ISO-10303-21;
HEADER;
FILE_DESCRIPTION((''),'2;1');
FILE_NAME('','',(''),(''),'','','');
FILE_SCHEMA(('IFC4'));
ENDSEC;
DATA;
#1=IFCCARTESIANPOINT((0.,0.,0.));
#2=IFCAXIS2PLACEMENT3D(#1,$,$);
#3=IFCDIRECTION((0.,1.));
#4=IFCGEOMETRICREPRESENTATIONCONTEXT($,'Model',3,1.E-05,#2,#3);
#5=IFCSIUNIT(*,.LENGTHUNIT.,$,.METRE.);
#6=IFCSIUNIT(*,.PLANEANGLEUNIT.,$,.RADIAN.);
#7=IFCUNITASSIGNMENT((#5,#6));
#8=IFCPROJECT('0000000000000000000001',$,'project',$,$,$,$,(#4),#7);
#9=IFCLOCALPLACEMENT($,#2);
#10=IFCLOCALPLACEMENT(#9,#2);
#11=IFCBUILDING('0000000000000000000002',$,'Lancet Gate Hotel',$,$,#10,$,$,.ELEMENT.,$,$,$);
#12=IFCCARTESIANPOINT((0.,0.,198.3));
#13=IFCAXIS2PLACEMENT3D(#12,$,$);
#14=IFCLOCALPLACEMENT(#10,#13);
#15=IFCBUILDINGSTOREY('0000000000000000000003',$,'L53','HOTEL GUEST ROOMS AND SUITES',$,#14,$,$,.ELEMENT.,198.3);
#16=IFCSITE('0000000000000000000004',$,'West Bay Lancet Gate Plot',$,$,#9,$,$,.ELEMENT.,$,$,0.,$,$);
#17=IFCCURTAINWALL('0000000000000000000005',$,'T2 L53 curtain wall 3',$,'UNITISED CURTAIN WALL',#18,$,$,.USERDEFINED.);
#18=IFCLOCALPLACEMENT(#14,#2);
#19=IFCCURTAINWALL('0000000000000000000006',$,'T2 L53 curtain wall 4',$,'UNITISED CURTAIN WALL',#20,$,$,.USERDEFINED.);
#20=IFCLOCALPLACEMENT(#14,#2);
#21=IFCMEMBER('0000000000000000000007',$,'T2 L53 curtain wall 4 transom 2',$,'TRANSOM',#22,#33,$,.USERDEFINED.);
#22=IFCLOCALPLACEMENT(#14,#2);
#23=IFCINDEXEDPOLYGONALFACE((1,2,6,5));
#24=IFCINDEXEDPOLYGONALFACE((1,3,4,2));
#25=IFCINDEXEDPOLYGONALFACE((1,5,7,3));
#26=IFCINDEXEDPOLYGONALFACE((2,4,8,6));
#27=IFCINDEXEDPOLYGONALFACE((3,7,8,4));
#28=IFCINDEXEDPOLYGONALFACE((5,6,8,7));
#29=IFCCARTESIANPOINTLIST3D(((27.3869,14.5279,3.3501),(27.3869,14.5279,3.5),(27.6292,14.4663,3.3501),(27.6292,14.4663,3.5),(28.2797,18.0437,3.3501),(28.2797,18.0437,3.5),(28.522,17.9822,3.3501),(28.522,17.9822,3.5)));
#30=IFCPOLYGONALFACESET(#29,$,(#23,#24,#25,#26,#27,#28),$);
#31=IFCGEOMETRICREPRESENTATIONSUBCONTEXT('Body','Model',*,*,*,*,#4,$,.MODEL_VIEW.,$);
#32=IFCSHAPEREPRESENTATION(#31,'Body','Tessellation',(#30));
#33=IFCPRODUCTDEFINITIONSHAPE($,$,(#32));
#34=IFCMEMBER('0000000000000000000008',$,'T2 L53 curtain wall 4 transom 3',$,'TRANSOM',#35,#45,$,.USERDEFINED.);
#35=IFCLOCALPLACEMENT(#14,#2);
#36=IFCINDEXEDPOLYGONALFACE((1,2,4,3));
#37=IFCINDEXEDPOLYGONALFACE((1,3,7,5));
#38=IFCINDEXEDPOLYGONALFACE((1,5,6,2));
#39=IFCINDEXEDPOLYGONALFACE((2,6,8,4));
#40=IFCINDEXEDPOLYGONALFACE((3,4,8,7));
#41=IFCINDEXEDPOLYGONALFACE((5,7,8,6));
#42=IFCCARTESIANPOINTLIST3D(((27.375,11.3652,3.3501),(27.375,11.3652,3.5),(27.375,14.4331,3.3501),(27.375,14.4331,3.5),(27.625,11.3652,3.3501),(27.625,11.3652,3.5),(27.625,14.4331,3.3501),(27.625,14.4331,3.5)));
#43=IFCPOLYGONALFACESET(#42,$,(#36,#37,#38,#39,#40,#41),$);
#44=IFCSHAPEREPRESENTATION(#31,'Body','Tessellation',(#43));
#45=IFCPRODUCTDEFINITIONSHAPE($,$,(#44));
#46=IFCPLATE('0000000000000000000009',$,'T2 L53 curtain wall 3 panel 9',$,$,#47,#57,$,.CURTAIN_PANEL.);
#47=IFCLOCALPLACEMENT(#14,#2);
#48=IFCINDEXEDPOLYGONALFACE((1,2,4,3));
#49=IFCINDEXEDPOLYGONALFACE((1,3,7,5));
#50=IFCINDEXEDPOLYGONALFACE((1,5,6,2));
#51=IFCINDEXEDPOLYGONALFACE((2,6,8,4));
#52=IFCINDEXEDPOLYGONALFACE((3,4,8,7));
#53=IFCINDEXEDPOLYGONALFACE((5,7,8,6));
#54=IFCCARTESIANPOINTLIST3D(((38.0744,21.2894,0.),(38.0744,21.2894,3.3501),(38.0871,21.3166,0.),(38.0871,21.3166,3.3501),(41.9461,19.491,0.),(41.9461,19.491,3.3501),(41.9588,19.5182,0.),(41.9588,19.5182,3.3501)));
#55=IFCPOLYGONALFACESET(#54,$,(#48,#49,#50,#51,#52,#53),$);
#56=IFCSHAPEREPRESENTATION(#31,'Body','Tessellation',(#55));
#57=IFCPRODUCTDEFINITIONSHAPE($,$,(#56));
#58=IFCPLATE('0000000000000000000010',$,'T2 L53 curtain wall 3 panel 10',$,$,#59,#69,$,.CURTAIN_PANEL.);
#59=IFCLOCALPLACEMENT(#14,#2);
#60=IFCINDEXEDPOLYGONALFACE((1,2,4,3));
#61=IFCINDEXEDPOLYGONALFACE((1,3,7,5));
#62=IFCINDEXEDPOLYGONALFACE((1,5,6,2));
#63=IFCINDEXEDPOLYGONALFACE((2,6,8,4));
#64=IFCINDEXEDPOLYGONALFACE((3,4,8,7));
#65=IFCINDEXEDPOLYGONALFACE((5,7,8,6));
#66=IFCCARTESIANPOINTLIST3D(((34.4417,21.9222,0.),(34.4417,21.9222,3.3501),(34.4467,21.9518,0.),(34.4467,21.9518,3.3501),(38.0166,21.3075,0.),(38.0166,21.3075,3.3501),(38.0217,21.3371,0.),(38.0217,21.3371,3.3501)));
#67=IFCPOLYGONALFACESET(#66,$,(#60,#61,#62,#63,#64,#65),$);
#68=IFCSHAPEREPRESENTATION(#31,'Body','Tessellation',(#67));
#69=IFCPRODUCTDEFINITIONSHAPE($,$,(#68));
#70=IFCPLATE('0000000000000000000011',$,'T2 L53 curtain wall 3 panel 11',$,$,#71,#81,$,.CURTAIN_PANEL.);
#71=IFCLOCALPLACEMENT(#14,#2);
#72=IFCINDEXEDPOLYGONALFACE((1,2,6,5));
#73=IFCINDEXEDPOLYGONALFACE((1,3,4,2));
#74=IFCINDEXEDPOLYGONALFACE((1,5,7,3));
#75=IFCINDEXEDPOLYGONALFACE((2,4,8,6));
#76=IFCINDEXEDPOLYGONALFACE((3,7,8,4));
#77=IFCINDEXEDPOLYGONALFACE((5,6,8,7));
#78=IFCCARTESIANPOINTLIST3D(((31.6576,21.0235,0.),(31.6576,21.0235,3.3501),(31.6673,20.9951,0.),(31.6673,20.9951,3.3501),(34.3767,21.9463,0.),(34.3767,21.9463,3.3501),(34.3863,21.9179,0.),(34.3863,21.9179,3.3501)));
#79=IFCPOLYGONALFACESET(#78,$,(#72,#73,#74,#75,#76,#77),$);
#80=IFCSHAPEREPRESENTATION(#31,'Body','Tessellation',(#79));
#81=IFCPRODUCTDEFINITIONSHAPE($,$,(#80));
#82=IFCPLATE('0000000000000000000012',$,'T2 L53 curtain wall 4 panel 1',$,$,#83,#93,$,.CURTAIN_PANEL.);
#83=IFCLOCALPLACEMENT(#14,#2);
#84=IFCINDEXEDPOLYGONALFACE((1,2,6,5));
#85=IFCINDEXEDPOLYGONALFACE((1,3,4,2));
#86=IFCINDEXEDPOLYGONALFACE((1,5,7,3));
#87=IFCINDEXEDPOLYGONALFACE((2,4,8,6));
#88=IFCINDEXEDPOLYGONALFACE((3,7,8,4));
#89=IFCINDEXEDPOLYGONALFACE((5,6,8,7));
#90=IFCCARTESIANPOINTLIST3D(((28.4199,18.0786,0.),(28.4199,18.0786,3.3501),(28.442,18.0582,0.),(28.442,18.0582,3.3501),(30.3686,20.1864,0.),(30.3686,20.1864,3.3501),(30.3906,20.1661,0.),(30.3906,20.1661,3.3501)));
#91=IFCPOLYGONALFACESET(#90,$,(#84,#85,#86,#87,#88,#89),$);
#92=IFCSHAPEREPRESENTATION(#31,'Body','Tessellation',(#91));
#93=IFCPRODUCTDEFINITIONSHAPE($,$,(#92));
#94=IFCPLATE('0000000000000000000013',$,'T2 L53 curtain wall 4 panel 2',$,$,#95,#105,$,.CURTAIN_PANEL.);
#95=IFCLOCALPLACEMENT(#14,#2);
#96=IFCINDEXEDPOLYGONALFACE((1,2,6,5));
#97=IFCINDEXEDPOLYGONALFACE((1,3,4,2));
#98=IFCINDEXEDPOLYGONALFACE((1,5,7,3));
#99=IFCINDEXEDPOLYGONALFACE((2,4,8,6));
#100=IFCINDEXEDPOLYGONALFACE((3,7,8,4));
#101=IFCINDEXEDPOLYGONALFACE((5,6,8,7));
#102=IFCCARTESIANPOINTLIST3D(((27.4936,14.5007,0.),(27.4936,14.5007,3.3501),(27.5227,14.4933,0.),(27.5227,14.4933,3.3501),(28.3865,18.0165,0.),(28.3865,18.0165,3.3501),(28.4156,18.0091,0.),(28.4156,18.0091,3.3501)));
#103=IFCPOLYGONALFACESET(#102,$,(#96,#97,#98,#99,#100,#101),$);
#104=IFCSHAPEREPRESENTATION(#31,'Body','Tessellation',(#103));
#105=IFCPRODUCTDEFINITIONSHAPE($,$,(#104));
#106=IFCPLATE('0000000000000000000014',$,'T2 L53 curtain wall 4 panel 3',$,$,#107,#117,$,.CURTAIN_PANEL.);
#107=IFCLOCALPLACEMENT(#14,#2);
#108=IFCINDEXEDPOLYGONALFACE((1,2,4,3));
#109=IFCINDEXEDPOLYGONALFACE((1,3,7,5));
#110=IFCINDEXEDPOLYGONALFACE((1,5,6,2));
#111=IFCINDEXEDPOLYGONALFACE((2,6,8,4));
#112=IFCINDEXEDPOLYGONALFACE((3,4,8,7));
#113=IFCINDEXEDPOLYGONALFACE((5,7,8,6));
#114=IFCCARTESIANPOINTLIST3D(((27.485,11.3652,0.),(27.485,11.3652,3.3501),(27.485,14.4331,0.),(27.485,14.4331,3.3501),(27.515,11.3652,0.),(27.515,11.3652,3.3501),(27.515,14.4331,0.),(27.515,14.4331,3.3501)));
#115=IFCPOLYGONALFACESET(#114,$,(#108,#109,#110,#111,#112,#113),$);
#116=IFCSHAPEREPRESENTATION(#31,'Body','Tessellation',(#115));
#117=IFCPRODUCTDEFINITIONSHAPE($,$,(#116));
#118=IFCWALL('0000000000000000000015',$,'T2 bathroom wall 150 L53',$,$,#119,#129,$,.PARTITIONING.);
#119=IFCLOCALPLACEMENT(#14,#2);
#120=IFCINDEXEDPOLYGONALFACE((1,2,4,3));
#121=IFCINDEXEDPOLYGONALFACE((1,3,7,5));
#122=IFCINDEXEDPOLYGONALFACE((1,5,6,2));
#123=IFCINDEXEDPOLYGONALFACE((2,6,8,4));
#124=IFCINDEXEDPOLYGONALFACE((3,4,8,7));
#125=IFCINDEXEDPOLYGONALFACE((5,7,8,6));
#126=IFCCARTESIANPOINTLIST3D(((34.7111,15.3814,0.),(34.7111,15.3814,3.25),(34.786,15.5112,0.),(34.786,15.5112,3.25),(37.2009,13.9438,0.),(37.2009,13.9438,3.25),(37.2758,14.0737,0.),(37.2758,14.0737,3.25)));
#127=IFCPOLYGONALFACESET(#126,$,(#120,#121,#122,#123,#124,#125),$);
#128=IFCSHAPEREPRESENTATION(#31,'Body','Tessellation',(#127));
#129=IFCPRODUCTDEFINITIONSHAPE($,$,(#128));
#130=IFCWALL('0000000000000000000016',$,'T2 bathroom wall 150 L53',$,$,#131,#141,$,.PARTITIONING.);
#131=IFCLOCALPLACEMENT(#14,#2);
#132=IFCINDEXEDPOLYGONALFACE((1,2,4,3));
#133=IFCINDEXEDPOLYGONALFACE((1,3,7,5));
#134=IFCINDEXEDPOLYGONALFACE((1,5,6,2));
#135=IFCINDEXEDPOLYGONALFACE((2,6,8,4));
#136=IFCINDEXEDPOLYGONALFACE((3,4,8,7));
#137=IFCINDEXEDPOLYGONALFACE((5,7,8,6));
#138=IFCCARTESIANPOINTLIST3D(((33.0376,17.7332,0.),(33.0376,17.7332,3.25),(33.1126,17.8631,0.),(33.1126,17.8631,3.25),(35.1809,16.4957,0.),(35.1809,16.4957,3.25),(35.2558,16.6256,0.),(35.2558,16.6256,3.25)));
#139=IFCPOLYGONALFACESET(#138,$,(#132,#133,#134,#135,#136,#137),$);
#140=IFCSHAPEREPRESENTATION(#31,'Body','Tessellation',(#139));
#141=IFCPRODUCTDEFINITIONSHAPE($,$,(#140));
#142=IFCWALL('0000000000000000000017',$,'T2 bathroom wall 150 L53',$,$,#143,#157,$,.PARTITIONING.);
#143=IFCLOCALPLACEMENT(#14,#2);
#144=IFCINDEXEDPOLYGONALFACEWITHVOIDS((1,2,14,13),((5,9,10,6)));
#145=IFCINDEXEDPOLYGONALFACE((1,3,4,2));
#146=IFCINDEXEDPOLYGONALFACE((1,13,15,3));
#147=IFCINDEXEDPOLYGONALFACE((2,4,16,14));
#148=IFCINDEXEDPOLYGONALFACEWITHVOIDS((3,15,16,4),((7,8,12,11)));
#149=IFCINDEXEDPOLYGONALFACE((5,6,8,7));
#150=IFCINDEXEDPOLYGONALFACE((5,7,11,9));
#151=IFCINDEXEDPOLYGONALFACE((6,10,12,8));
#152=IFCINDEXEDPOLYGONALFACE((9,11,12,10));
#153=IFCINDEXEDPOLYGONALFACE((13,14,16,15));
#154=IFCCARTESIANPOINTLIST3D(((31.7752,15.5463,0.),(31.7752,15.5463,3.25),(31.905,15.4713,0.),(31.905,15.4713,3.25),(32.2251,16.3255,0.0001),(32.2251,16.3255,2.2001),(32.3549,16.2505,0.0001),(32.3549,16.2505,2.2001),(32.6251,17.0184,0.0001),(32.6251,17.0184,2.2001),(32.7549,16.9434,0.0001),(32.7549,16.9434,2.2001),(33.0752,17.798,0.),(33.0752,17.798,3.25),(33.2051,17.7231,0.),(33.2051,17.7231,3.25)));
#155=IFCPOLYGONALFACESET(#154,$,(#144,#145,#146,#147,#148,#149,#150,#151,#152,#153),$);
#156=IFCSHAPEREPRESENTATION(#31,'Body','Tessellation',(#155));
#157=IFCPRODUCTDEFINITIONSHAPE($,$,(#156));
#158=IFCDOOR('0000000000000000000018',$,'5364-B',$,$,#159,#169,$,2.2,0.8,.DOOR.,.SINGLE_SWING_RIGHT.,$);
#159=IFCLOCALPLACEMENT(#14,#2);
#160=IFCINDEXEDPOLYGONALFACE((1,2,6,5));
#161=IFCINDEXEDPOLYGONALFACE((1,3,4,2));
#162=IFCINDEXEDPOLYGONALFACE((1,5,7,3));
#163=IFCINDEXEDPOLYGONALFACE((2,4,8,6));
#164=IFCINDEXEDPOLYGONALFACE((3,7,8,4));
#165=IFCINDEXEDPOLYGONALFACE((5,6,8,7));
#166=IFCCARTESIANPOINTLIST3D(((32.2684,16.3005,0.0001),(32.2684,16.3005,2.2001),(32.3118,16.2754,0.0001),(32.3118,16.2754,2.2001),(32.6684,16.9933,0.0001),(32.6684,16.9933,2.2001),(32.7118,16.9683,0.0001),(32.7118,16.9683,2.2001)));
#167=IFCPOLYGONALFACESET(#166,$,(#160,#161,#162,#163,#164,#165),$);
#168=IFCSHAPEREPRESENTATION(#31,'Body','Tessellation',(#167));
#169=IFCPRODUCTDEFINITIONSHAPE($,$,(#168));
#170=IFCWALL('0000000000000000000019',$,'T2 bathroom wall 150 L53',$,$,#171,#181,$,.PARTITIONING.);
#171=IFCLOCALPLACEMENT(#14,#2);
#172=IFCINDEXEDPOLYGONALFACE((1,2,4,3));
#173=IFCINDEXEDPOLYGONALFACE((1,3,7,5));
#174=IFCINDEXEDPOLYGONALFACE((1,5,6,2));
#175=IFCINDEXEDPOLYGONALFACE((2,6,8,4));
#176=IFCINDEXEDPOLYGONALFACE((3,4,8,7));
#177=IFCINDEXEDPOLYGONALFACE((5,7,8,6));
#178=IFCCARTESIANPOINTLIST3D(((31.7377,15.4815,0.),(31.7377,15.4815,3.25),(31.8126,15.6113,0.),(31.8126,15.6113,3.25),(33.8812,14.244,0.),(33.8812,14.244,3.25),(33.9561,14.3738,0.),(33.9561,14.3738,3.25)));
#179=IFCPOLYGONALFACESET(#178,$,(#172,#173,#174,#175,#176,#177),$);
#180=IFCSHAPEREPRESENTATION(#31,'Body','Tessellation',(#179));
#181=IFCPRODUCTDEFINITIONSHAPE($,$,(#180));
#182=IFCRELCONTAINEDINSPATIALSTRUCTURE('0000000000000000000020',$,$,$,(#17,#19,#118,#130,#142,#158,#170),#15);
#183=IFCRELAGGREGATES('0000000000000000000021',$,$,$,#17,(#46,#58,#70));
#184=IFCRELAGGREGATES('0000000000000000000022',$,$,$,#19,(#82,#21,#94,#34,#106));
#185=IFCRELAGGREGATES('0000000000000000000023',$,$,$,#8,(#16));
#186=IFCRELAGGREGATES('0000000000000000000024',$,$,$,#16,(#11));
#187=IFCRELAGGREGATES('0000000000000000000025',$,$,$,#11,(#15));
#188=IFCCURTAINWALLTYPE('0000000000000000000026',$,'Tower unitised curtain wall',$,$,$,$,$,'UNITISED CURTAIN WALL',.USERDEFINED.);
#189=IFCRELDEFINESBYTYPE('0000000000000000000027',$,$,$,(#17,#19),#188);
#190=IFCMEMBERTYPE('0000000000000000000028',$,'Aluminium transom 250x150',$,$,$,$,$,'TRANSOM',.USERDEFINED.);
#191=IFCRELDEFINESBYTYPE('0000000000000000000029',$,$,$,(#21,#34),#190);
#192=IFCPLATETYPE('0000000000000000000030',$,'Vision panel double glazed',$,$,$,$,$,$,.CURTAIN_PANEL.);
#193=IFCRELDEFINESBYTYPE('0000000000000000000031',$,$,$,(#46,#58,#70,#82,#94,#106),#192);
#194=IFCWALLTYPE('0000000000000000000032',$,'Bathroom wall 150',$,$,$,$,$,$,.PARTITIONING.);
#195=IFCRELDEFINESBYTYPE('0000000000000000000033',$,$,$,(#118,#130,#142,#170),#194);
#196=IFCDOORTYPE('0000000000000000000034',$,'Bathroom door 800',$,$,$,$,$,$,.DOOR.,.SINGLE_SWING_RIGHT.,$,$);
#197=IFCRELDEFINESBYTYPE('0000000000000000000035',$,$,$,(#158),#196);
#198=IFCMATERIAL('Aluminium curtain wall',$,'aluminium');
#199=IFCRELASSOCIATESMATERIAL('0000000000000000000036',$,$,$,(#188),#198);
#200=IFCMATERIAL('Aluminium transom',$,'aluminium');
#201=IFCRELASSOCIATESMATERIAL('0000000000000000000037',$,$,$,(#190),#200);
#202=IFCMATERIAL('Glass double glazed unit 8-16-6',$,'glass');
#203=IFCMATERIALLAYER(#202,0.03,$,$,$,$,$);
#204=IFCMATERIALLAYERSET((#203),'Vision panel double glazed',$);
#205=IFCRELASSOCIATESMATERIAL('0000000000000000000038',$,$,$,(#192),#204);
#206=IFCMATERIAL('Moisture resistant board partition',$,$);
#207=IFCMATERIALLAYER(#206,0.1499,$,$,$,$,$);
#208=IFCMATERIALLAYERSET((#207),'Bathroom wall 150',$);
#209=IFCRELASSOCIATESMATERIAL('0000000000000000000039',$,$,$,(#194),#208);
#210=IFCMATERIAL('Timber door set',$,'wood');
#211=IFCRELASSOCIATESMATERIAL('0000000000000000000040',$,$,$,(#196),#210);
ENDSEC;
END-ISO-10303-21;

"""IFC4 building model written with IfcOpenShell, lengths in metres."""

from ifc_helpers import new_model, si_unit, direction, frame, frame_2d, origin, origin_2d, place, context, subcontext, project, spatial, rectangle, extrude, material, layer, layer_set, material_profile, profile_set, type_object, element, fill, aggregate, save


model = new_model("IFC4")

# Units and contexts
model_context = context("Model", 3, precision=1e-05, world=origin(), true_north=direction((0.0, 1.0)))
body_context = subcontext(model_context, "Body", "Model", "MODEL_VIEW")
ifc_project = project(units=[si_unit("LENGTHUNIT", "METRE"), si_unit("PLANEANGLEUNIT", "RADIAN")], contexts=[model_context])

# Site, building, storey
site_placement = place(None, origin())
site = spatial("IfcSite", under=ifc_project, at=site_placement, Name="West Bay Lancet Gate Plot", CompositionType="ELEMENT", RefElevation=0.0)
building_placement = place(site_placement, origin())
building = spatial("IfcBuilding", under=site, at=building_placement, Name="Lancet Gate Hotel", CompositionType="ELEMENT")
storey_placement = place(building_placement, frame((0.0, 0.0, 198.3)))
storey = spatial("IfcBuildingStorey", under=building, at=storey_placement, Name="L53", Description="HOTEL GUEST ROOMS AND SUITES", CompositionType="ELEMENT", Elevation=198.3)

# Curtain walls
ifc_material_1 = material(Name="Aluminium curtain wall", Category="aluminium")
curtain_wall_type = type_object("IfcCurtainWallType", Name="Tower unitised curtain wall", ElementType="UNITISED CURTAIN WALL", PredefinedType="USERDEFINED", material=ifc_material_1)
curtain_wall_1_placement = place(storey_placement, origin())
curtain_wall_1 = element("IfcCurtainWall", 1, at=curtain_wall_1_placement, inside=storey, type_object=curtain_wall_type, Name="T2 L53 curtain wall 3", ObjectType="UNITISED CURTAIN WALL", PredefinedType="USERDEFINED")
curtain_wall_2_placement = place(storey_placement, origin())
curtain_wall_2 = element("IfcCurtainWall", 2, at=curtain_wall_2_placement, inside=storey, type_object=curtain_wall_type, Name="T2 L53 curtain wall 4", ObjectType="UNITISED CURTAIN WALL", PredefinedType="USERDEFINED")

# Members
ifc_material_2 = material(Name="Aluminium transom", Category="aluminium")
ifc_material_profile_1 = material_profile(ifc_material_2, rectangle(XDim=0.25, YDim=0.1499, at=origin_2d()), Name="TRANSOM 250x150")
ifc_profile_set_1 = profile_set([ifc_material_profile_1], Name="Aluminium transom")
member_type_1 = type_object("IfcMemberType", Name="Aluminium transom 250x150", ElementType="TRANSOM", PredefinedType="USERDEFINED", material=ifc_profile_set_1)
member_1_placement = place(storey_placement, frame((28.4009, 18.0129, 3.425), z_axis=(-0.246129, -0.969237, 0.0), x_axis=(0.969237, -0.246129, 0.0)))
member_1 = element("IfcMember", 3, at=member_1_placement, type_object=member_type_1, Name="T2 L53 curtain wall 4 transom 2", ObjectType="TRANSOM", PredefinedType="USERDEFINED", context=body_context, shape_type="SweptSolid", body=[
    extrude(rectangle(XDim=0.25, YDim=0.1499, at=origin_2d()), origin(), (0.0, 0.0, 1.0), 3.6274),
])
member_2_placement = place(storey_placement, frame((27.5, 14.4331, 3.425), z_axis=(0.0, -1.0, 0.0), x_axis=(1.0, 0.0, 0.0)))
member_2 = element("IfcMember", 4, at=member_2_placement, type_object=member_type_1, Name="T2 L53 curtain wall 4 transom 3", ObjectType="TRANSOM", PredefinedType="USERDEFINED", context=body_context, shape_type="SweptSolid", body=[
    extrude(rectangle(XDim=0.25, YDim=0.1499, at=origin_2d()), origin(), (0.0, 0.0, 1.0), 3.0679),
])

# Plates
ifc_material_3 = material(Name="Glass double glazed unit 8-16-6", Category="glass")
ifc_layer_1 = layer(ifc_material_3, 0.03)
ifc_layer_set_1 = layer_set([ifc_layer_1], Name="Vision panel double glazed")
plate_type = type_object("IfcPlateType", Name="Vision panel double glazed", PredefinedType="CURTAIN_PANEL", material=ifc_layer_set_1)
plate_1_placement = place(storey_placement, frame((40.0166, 20.4038, 0.0), z_axis=(0.0, 0.0, 1.0), x_axis=(-0.906935, 0.421271, 0.0)))
plate_1 = element("IfcPlate", 5, at=plate_1_placement, type_object=plate_type, Name="T2 L53 curtain wall 3 panel 9", PredefinedType="CURTAIN_PANEL", context=body_context, shape_type="SweptSolid", body=[
    extrude(rectangle(XDim=4.269, YDim=0.03, at=origin_2d()), origin(), (0.0, 0.0, 1.0), 3.3501),
])
plate_2_placement = place(storey_placement, frame((36.2317, 21.6296, 0.0), z_axis=(0.0, 0.0, 1.0), x_axis=(-0.98554, 0.169445, 0.0)))
plate_2 = element("IfcPlate", 6, at=plate_2_placement, type_object=plate_type, Name="T2 L53 curtain wall 3 panel 10", PredefinedType="CURTAIN_PANEL", context=body_context, shape_type="SweptSolid", body=[
    extrude(rectangle(XDim=3.6274, YDim=0.03, at=origin_2d()), origin(), (0.0, 0.0, 1.0), 3.3501),
])
plate_3_placement = place(storey_placement, frame((33.022, 21.4707, 0.0), z_axis=(0.0, 0.0, 1.0), x_axis=(-0.946952, -0.321374, 0.0)))
plate_3 = element("IfcPlate", 7, at=plate_3_placement, type_object=plate_type, Name="T2 L53 curtain wall 3 panel 11", PredefinedType="CURTAIN_PANEL", context=body_context, shape_type="SweptSolid", body=[
    extrude(rectangle(XDim=2.8713, YDim=0.03, at=origin_2d()), origin(), (0.0, 0.0, 1.0), 3.3501),
])
aggregate(curtain_wall_1, [plate_1, plate_2, plate_3])
plate_4_placement = place(storey_placement, frame((29.4053, 19.1223, 0.0), z_axis=(0.0, 0.0, 1.0), x_axis=(-0.678831, -0.734294, 0.0)))
plate_4 = element("IfcPlate", 8, at=plate_4_placement, type_object=plate_type, Name="T2 L53 curtain wall 4 panel 1", PredefinedType="CURTAIN_PANEL", context=body_context, shape_type="SweptSolid", body=[
    extrude(rectangle(XDim=2.8706, YDim=0.03, at=origin_2d()), origin(), (0.0, 0.0, 1.0), 3.3501),
])
plate_5_placement = place(storey_placement, frame((27.9546, 16.2549, 0.0), z_axis=(0.0, 0.0, 1.0), x_axis=(-0.246167, -0.969228, 0.0)))
plate_5 = element("IfcPlate", 9, at=plate_5_placement, type_object=plate_type, Name="T2 L53 curtain wall 4 panel 2", PredefinedType="CURTAIN_PANEL", context=body_context, shape_type="SweptSolid", body=[
    extrude(rectangle(XDim=3.6274, YDim=0.03, at=origin_2d()), origin(), (0.0, 0.0, 1.0), 3.3501),
])
plate_6_placement = place(storey_placement, frame((27.5, 12.8992, 0.0), z_axis=(0.0, 0.0, 1.0), x_axis=(0.0, -1.0, 0.0)))
plate_6 = element("IfcPlate", 10, at=plate_6_placement, type_object=plate_type, Name="T2 L53 curtain wall 4 panel 3", PredefinedType="CURTAIN_PANEL", context=body_context, shape_type="SweptSolid", body=[
    extrude(rectangle(XDim=3.0679, YDim=0.03, at=origin_2d()), origin(), (0.0, 0.0, 1.0), 3.3501),
])
aggregate(curtain_wall_2, [plate_4, member_1, plate_5, member_2, plate_6])

# Walls
ifc_material_4 = material(Name="Moisture resistant board partition")
ifc_layer_2 = layer(ifc_material_4, 0.1499)
ifc_layer_set_2 = layer_set([ifc_layer_2], Name="Bathroom wall 150")
wall_type_1 = type_object("IfcWallType", Name="Bathroom wall 150", PredefinedType="PARTITIONING", material=ifc_layer_set_2)
wall_1_placement = place(storey_placement, frame((34.7485, 15.4463, 0.0), z_axis=(0.0, 0.0, 1.0), x_axis=(0.866019, -0.500012, 0.0)))
element("IfcWall", 11, at=wall_1_placement, inside=storey, type_object=wall_type_1, Name="T2 bathroom wall 150 L53", PredefinedType="PARTITIONING", context=body_context, shape_type="SweptSolid", body=[
    extrude(rectangle(XDim=2.875, YDim=0.1499, at=frame_2d((1.4375, 0.0))), origin(), (0.0, 0.0, 1.0), 3.25),
])
wall_2_placement = place(storey_placement, frame((33.0752, 17.7981, 0.0), z_axis=(0.0, 0.0, 1.0), x_axis=(0.866007, -0.500033, 0.0)))
element("IfcWall", 12, at=wall_2_placement, inside=storey, type_object=wall_type_1, Name="T2 bathroom wall 150 L53", PredefinedType="PARTITIONING", context=body_context, shape_type="SweptSolid", body=[
    extrude(rectangle(XDim=2.4749, YDim=0.1499, at=frame_2d((1.2373, 0.0))), origin(), (0.0, 0.0, 1.0), 3.25),
])

# Wall, opening, door
wall_3_placement = place(storey_placement, frame((31.8401, 15.5088, 0.0), z_axis=(0.0, 0.0, 1.0), x_axis=(0.500007, 0.866021, 0.0)))
wall_3 = element("IfcWall", 13, at=wall_3_placement, inside=storey, type_object=wall_type_1, Name="T2 bathroom wall 150 L53", PredefinedType="PARTITIONING", context=body_context, shape_type="SweptSolid", body=[
    extrude(rectangle(XDim=2.6001, YDim=0.1499, at=frame_2d((1.3, 0.0))), origin(), (0.0, 0.0, 1.0), 3.25),
])
opening_1_placement = place(wall_3_placement, frame((0.8999, 0.0, 0.0)))
opening_1 = element("IfcOpeningElement", 14, at=opening_1_placement, cuts=wall_3, PredefinedType="OPENING", context=body_context, shape_type="SweptSolid", body=[
    extrude(rectangle(XDim=0.8, YDim=2.2, at=frame_2d((0.3999, 1.1001))), frame((0.0, 0.085, 0.0), z_axis=(0.0, -1.0, 0.0), x_axis=(1.0, 0.0, 0.0)), (0.0, 0.0, 1.0), 0.1699),
])
ifc_material_5 = material(Name="Timber door set", Category="wood")
door_type_1 = type_object("IfcDoorType", Name="Bathroom door 800", OperationType="SINGLE_SWING_RIGHT", PredefinedType="DOOR", material=ifc_material_5)
door_1_placement = place(opening_1_placement, origin())
door_1 = element("IfcDoor", 15, at=door_1_placement, inside=storey, type_object=door_type_1, Name="5364-B", OperationType="SINGLE_SWING_RIGHT", OverallHeight=2.2, OverallWidth=0.8, PredefinedType="DOOR", context=body_context, shape_type="SweptSolid", body=[
    extrude(rectangle(XDim=0.8, YDim=2.2, at=frame_2d((0.3999, 1.1001))), frame((0.0, 0.0249, 0.0), z_axis=(0.0, -1.0, 0.0), x_axis=(1.0, 0.0, 0.0)), (0.0, 0.0, 1.0), 0.05),
])
fill(opening_1, door_1)

# Wall
wall_4_placement = place(storey_placement, frame((31.7751, 15.5464, 0.0), z_axis=(0.0, 0.0, 1.0), x_axis=(0.866031, -0.49999, 0.0)))
element("IfcWall", 16, at=wall_4_placement, inside=storey, type_object=wall_type_1, Name="T2 bathroom wall 150 L53", PredefinedType="PARTITIONING", context=body_context, shape_type="SweptSolid", body=[
    extrude(rectangle(XDim=2.4751, YDim=0.1499, at=frame_2d((1.2375, 0.0))), origin(), (0.0, 0.0, 1.0), 3.25),
])

save(model, "model.ifc")
